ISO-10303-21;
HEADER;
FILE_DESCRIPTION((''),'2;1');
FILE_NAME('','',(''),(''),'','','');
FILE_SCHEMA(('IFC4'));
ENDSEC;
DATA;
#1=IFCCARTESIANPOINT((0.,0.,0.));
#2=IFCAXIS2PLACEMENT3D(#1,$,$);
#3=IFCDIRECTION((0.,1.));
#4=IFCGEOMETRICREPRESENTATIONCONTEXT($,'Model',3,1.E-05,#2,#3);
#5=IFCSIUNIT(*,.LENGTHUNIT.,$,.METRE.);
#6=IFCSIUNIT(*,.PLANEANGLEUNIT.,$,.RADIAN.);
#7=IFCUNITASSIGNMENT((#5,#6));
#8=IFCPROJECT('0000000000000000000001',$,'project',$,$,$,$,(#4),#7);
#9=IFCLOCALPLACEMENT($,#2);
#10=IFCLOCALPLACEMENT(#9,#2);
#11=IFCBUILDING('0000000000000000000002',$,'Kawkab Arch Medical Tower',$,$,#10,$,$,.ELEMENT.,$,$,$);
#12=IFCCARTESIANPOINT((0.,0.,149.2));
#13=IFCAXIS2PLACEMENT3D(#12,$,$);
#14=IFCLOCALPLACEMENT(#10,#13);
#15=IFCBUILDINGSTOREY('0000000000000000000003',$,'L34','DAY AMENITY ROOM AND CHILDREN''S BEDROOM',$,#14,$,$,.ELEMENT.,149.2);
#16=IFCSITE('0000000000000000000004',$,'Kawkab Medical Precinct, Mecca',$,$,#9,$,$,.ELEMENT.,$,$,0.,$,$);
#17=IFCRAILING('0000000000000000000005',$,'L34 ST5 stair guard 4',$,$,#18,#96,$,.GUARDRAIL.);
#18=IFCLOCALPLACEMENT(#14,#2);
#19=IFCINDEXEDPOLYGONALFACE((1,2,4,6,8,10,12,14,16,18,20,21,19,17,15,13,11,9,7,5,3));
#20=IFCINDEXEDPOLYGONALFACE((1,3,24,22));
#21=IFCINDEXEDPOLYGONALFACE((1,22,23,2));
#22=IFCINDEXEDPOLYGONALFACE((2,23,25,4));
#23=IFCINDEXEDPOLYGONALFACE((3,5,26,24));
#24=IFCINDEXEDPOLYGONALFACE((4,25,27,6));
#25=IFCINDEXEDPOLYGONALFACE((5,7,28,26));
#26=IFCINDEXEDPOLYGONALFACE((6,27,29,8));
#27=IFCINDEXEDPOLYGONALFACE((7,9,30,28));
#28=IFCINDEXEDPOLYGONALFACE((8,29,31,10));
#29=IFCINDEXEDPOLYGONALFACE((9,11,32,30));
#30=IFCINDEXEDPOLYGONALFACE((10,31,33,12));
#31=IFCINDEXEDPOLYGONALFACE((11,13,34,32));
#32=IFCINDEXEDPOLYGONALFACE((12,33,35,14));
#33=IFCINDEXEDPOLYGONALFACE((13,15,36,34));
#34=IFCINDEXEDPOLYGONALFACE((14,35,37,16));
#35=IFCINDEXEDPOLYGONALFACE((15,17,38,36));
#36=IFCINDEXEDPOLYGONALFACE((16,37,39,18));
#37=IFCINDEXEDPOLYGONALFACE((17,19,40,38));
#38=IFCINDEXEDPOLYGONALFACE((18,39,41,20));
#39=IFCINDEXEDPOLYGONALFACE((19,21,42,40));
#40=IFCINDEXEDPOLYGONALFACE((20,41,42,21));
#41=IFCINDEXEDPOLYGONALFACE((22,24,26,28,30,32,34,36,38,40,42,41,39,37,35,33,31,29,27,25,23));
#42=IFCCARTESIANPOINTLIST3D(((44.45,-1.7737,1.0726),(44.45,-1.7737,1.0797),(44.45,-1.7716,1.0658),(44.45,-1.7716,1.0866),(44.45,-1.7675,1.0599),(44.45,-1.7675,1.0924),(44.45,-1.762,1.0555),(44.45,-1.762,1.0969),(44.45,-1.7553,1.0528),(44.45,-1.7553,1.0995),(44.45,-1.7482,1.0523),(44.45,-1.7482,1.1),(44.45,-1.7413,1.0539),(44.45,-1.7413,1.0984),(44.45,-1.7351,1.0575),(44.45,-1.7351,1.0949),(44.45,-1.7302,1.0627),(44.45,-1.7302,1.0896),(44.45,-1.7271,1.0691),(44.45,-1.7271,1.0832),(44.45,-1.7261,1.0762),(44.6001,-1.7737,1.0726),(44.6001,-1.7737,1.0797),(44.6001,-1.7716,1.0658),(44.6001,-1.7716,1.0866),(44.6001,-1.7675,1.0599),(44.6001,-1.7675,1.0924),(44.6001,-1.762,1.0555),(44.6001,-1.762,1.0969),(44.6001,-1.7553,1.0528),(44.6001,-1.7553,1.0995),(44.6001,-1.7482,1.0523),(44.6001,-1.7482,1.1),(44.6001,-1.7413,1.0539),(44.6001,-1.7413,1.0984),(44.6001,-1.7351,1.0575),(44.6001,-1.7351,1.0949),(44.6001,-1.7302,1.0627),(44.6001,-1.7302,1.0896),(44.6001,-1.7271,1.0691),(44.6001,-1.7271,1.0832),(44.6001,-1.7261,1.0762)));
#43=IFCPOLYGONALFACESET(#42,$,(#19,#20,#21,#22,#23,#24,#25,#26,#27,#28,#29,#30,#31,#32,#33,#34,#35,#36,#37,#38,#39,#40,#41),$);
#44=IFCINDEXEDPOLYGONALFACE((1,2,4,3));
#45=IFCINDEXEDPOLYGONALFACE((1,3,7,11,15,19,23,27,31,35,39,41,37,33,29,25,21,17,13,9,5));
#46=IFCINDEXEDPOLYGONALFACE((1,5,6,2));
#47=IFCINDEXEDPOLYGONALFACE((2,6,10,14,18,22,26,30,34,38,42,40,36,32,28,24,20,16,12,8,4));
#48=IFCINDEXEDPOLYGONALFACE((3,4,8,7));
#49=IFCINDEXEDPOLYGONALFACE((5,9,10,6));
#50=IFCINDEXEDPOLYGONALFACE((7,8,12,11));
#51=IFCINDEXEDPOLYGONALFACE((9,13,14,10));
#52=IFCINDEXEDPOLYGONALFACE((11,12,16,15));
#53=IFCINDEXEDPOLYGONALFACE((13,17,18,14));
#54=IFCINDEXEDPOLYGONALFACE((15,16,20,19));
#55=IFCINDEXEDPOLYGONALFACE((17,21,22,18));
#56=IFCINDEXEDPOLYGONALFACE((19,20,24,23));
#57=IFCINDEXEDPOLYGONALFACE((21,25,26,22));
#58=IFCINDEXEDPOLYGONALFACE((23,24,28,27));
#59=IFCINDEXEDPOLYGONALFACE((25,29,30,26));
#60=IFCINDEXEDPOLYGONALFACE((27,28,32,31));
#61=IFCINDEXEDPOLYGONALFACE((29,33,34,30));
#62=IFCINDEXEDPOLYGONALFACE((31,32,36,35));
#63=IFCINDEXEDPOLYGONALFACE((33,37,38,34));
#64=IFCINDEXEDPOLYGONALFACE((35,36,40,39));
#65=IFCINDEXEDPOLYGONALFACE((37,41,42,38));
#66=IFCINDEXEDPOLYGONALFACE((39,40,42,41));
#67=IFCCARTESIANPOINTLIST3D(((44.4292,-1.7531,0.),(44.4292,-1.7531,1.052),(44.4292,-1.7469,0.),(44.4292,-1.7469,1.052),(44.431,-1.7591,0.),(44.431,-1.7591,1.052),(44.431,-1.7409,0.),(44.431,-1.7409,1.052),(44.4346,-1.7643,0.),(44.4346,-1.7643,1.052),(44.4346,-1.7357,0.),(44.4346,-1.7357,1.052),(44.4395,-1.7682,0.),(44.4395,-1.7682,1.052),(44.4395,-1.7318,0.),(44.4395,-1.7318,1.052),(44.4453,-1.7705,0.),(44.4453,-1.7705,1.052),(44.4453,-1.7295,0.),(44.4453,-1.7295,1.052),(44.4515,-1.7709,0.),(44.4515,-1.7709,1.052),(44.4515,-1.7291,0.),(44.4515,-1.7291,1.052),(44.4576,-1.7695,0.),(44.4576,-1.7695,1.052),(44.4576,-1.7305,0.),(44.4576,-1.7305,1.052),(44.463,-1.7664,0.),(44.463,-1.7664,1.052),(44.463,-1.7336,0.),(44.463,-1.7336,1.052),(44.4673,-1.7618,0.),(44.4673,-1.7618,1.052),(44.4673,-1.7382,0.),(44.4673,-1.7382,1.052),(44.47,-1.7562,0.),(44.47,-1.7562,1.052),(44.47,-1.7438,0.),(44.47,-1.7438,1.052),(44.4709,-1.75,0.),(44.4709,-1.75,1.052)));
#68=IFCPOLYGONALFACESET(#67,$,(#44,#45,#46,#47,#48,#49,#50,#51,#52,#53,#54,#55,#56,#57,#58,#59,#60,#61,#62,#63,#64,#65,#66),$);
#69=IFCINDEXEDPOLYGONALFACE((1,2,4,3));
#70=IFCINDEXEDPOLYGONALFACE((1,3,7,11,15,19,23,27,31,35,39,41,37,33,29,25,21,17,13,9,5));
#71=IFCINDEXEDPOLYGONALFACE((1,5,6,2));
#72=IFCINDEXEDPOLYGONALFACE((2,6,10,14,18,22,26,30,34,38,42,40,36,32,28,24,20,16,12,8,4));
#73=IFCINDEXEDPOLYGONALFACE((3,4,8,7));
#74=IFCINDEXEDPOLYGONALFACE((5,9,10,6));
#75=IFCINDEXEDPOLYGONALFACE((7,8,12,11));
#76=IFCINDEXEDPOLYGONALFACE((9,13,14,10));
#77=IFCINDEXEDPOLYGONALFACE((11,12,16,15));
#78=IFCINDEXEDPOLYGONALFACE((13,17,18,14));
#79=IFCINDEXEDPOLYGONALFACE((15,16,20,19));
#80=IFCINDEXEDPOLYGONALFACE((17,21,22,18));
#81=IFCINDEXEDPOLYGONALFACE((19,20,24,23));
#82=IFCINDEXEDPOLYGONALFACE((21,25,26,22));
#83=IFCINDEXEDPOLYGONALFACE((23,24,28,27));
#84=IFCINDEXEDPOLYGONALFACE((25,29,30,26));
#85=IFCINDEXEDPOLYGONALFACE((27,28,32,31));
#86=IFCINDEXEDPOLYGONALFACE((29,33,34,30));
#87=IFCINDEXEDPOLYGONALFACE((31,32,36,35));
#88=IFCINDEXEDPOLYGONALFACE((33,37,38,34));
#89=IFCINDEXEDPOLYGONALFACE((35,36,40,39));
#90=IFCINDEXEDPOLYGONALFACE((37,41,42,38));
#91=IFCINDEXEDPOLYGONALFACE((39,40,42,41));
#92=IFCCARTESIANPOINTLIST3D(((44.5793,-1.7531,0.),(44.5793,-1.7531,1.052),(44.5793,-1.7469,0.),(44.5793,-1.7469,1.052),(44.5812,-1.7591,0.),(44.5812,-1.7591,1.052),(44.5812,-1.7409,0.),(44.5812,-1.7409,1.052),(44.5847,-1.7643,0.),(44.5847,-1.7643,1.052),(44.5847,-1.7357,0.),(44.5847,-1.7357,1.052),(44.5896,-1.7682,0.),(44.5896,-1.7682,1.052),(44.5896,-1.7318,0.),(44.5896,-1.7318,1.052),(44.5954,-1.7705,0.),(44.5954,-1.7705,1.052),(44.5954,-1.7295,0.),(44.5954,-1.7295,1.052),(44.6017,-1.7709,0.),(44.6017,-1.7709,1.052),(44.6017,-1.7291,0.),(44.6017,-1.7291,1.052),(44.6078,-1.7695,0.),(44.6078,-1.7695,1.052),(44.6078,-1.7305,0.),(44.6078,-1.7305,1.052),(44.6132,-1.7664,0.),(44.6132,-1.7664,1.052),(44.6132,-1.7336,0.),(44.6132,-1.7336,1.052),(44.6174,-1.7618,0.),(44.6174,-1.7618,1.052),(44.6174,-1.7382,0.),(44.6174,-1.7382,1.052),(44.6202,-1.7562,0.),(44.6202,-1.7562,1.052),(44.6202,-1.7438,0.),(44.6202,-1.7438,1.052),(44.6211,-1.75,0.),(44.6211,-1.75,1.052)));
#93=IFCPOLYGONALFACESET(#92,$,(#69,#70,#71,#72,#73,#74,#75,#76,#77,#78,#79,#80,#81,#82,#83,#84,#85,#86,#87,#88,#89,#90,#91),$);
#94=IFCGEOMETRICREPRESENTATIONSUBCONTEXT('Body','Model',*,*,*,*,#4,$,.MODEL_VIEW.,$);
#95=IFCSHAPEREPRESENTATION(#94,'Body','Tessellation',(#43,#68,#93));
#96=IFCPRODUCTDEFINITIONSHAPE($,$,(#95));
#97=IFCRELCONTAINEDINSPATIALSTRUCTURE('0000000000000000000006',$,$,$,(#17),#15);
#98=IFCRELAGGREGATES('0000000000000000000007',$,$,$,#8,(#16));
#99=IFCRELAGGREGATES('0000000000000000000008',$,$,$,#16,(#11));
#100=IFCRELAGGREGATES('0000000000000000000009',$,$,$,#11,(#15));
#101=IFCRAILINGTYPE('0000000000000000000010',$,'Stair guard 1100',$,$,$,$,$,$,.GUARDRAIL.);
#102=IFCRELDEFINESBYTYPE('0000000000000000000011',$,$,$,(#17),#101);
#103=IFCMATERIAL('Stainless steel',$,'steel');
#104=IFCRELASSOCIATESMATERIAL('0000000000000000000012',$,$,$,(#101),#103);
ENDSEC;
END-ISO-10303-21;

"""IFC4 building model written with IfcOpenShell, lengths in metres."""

from ifc_helpers import new_model, si_unit, direction, frame, origin, origin_2d, place, context, subcontext, project, spatial, circle, extrude, material, type_object, element, save


model = new_model("IFC4")

# Units and contexts
model_context = context("Model", 3, precision=1e-05, world=origin(), true_north=direction((0.0, 1.0)))
body_context = subcontext(model_context, "Body", "Model", "MODEL_VIEW")
ifc_project = project(units=[si_unit("LENGTHUNIT", "METRE"), si_unit("PLANEANGLEUNIT", "RADIAN")], contexts=[model_context])

# Site, building, storey
site_placement = place(None, origin())
site = spatial("IfcSite", under=ifc_project, at=site_placement, Name="Kawkab Medical Precinct, Mecca", CompositionType="ELEMENT", RefElevation=0.0)
building_placement = place(site_placement, origin())
building = spatial("IfcBuilding", under=site, at=building_placement, Name="Kawkab Arch Medical Tower", CompositionType="ELEMENT")
storey_placement = place(building_placement, frame((0.0, 0.0, 149.2)))
storey = spatial("IfcBuildingStorey", under=building, at=storey_placement, Name="L34", Description="DAY AMENITY ROOM AND CHILDREN'S BEDROOM", CompositionType="ELEMENT", Elevation=149.2)

# Railing
ifc_material_1 = material(Name="Stainless steel", Category="steel")
railing_type = type_object("IfcRailingType", Name="Stair guard 1100", PredefinedType="GUARDRAIL", material=ifc_material_1)
railing_1_placement = place(storey_placement, frame((44.45, -1.75, 0.0)))
element("IfcRailing", 1, at=railing_1_placement, inside=storey, type_object=railing_type, Name="L34 ST5 stair guard 4", PredefinedType="GUARDRAIL", context=body_context, shape_type="SweptSolid", body=[
    extrude(circle(Radius=0.0239, at=origin_2d()), frame((0.0, 0.0, 1.0762), z_axis=(1.0, 0.0, 0.0), x_axis=(0.0, 1.0, 0.0)), (0.0, 0.0, 1.0), 0.1501),
    extrude(circle(Radius=0.021, at=origin_2d()), origin(), (0.0, 0.0, 1.0), 1.052),
    extrude(circle(Radius=0.021, at=origin_2d()), frame((0.1501, 0.0, 0.0)), (0.0, 0.0, 1.0), 1.052),
])

save(model, "model.ifc")
